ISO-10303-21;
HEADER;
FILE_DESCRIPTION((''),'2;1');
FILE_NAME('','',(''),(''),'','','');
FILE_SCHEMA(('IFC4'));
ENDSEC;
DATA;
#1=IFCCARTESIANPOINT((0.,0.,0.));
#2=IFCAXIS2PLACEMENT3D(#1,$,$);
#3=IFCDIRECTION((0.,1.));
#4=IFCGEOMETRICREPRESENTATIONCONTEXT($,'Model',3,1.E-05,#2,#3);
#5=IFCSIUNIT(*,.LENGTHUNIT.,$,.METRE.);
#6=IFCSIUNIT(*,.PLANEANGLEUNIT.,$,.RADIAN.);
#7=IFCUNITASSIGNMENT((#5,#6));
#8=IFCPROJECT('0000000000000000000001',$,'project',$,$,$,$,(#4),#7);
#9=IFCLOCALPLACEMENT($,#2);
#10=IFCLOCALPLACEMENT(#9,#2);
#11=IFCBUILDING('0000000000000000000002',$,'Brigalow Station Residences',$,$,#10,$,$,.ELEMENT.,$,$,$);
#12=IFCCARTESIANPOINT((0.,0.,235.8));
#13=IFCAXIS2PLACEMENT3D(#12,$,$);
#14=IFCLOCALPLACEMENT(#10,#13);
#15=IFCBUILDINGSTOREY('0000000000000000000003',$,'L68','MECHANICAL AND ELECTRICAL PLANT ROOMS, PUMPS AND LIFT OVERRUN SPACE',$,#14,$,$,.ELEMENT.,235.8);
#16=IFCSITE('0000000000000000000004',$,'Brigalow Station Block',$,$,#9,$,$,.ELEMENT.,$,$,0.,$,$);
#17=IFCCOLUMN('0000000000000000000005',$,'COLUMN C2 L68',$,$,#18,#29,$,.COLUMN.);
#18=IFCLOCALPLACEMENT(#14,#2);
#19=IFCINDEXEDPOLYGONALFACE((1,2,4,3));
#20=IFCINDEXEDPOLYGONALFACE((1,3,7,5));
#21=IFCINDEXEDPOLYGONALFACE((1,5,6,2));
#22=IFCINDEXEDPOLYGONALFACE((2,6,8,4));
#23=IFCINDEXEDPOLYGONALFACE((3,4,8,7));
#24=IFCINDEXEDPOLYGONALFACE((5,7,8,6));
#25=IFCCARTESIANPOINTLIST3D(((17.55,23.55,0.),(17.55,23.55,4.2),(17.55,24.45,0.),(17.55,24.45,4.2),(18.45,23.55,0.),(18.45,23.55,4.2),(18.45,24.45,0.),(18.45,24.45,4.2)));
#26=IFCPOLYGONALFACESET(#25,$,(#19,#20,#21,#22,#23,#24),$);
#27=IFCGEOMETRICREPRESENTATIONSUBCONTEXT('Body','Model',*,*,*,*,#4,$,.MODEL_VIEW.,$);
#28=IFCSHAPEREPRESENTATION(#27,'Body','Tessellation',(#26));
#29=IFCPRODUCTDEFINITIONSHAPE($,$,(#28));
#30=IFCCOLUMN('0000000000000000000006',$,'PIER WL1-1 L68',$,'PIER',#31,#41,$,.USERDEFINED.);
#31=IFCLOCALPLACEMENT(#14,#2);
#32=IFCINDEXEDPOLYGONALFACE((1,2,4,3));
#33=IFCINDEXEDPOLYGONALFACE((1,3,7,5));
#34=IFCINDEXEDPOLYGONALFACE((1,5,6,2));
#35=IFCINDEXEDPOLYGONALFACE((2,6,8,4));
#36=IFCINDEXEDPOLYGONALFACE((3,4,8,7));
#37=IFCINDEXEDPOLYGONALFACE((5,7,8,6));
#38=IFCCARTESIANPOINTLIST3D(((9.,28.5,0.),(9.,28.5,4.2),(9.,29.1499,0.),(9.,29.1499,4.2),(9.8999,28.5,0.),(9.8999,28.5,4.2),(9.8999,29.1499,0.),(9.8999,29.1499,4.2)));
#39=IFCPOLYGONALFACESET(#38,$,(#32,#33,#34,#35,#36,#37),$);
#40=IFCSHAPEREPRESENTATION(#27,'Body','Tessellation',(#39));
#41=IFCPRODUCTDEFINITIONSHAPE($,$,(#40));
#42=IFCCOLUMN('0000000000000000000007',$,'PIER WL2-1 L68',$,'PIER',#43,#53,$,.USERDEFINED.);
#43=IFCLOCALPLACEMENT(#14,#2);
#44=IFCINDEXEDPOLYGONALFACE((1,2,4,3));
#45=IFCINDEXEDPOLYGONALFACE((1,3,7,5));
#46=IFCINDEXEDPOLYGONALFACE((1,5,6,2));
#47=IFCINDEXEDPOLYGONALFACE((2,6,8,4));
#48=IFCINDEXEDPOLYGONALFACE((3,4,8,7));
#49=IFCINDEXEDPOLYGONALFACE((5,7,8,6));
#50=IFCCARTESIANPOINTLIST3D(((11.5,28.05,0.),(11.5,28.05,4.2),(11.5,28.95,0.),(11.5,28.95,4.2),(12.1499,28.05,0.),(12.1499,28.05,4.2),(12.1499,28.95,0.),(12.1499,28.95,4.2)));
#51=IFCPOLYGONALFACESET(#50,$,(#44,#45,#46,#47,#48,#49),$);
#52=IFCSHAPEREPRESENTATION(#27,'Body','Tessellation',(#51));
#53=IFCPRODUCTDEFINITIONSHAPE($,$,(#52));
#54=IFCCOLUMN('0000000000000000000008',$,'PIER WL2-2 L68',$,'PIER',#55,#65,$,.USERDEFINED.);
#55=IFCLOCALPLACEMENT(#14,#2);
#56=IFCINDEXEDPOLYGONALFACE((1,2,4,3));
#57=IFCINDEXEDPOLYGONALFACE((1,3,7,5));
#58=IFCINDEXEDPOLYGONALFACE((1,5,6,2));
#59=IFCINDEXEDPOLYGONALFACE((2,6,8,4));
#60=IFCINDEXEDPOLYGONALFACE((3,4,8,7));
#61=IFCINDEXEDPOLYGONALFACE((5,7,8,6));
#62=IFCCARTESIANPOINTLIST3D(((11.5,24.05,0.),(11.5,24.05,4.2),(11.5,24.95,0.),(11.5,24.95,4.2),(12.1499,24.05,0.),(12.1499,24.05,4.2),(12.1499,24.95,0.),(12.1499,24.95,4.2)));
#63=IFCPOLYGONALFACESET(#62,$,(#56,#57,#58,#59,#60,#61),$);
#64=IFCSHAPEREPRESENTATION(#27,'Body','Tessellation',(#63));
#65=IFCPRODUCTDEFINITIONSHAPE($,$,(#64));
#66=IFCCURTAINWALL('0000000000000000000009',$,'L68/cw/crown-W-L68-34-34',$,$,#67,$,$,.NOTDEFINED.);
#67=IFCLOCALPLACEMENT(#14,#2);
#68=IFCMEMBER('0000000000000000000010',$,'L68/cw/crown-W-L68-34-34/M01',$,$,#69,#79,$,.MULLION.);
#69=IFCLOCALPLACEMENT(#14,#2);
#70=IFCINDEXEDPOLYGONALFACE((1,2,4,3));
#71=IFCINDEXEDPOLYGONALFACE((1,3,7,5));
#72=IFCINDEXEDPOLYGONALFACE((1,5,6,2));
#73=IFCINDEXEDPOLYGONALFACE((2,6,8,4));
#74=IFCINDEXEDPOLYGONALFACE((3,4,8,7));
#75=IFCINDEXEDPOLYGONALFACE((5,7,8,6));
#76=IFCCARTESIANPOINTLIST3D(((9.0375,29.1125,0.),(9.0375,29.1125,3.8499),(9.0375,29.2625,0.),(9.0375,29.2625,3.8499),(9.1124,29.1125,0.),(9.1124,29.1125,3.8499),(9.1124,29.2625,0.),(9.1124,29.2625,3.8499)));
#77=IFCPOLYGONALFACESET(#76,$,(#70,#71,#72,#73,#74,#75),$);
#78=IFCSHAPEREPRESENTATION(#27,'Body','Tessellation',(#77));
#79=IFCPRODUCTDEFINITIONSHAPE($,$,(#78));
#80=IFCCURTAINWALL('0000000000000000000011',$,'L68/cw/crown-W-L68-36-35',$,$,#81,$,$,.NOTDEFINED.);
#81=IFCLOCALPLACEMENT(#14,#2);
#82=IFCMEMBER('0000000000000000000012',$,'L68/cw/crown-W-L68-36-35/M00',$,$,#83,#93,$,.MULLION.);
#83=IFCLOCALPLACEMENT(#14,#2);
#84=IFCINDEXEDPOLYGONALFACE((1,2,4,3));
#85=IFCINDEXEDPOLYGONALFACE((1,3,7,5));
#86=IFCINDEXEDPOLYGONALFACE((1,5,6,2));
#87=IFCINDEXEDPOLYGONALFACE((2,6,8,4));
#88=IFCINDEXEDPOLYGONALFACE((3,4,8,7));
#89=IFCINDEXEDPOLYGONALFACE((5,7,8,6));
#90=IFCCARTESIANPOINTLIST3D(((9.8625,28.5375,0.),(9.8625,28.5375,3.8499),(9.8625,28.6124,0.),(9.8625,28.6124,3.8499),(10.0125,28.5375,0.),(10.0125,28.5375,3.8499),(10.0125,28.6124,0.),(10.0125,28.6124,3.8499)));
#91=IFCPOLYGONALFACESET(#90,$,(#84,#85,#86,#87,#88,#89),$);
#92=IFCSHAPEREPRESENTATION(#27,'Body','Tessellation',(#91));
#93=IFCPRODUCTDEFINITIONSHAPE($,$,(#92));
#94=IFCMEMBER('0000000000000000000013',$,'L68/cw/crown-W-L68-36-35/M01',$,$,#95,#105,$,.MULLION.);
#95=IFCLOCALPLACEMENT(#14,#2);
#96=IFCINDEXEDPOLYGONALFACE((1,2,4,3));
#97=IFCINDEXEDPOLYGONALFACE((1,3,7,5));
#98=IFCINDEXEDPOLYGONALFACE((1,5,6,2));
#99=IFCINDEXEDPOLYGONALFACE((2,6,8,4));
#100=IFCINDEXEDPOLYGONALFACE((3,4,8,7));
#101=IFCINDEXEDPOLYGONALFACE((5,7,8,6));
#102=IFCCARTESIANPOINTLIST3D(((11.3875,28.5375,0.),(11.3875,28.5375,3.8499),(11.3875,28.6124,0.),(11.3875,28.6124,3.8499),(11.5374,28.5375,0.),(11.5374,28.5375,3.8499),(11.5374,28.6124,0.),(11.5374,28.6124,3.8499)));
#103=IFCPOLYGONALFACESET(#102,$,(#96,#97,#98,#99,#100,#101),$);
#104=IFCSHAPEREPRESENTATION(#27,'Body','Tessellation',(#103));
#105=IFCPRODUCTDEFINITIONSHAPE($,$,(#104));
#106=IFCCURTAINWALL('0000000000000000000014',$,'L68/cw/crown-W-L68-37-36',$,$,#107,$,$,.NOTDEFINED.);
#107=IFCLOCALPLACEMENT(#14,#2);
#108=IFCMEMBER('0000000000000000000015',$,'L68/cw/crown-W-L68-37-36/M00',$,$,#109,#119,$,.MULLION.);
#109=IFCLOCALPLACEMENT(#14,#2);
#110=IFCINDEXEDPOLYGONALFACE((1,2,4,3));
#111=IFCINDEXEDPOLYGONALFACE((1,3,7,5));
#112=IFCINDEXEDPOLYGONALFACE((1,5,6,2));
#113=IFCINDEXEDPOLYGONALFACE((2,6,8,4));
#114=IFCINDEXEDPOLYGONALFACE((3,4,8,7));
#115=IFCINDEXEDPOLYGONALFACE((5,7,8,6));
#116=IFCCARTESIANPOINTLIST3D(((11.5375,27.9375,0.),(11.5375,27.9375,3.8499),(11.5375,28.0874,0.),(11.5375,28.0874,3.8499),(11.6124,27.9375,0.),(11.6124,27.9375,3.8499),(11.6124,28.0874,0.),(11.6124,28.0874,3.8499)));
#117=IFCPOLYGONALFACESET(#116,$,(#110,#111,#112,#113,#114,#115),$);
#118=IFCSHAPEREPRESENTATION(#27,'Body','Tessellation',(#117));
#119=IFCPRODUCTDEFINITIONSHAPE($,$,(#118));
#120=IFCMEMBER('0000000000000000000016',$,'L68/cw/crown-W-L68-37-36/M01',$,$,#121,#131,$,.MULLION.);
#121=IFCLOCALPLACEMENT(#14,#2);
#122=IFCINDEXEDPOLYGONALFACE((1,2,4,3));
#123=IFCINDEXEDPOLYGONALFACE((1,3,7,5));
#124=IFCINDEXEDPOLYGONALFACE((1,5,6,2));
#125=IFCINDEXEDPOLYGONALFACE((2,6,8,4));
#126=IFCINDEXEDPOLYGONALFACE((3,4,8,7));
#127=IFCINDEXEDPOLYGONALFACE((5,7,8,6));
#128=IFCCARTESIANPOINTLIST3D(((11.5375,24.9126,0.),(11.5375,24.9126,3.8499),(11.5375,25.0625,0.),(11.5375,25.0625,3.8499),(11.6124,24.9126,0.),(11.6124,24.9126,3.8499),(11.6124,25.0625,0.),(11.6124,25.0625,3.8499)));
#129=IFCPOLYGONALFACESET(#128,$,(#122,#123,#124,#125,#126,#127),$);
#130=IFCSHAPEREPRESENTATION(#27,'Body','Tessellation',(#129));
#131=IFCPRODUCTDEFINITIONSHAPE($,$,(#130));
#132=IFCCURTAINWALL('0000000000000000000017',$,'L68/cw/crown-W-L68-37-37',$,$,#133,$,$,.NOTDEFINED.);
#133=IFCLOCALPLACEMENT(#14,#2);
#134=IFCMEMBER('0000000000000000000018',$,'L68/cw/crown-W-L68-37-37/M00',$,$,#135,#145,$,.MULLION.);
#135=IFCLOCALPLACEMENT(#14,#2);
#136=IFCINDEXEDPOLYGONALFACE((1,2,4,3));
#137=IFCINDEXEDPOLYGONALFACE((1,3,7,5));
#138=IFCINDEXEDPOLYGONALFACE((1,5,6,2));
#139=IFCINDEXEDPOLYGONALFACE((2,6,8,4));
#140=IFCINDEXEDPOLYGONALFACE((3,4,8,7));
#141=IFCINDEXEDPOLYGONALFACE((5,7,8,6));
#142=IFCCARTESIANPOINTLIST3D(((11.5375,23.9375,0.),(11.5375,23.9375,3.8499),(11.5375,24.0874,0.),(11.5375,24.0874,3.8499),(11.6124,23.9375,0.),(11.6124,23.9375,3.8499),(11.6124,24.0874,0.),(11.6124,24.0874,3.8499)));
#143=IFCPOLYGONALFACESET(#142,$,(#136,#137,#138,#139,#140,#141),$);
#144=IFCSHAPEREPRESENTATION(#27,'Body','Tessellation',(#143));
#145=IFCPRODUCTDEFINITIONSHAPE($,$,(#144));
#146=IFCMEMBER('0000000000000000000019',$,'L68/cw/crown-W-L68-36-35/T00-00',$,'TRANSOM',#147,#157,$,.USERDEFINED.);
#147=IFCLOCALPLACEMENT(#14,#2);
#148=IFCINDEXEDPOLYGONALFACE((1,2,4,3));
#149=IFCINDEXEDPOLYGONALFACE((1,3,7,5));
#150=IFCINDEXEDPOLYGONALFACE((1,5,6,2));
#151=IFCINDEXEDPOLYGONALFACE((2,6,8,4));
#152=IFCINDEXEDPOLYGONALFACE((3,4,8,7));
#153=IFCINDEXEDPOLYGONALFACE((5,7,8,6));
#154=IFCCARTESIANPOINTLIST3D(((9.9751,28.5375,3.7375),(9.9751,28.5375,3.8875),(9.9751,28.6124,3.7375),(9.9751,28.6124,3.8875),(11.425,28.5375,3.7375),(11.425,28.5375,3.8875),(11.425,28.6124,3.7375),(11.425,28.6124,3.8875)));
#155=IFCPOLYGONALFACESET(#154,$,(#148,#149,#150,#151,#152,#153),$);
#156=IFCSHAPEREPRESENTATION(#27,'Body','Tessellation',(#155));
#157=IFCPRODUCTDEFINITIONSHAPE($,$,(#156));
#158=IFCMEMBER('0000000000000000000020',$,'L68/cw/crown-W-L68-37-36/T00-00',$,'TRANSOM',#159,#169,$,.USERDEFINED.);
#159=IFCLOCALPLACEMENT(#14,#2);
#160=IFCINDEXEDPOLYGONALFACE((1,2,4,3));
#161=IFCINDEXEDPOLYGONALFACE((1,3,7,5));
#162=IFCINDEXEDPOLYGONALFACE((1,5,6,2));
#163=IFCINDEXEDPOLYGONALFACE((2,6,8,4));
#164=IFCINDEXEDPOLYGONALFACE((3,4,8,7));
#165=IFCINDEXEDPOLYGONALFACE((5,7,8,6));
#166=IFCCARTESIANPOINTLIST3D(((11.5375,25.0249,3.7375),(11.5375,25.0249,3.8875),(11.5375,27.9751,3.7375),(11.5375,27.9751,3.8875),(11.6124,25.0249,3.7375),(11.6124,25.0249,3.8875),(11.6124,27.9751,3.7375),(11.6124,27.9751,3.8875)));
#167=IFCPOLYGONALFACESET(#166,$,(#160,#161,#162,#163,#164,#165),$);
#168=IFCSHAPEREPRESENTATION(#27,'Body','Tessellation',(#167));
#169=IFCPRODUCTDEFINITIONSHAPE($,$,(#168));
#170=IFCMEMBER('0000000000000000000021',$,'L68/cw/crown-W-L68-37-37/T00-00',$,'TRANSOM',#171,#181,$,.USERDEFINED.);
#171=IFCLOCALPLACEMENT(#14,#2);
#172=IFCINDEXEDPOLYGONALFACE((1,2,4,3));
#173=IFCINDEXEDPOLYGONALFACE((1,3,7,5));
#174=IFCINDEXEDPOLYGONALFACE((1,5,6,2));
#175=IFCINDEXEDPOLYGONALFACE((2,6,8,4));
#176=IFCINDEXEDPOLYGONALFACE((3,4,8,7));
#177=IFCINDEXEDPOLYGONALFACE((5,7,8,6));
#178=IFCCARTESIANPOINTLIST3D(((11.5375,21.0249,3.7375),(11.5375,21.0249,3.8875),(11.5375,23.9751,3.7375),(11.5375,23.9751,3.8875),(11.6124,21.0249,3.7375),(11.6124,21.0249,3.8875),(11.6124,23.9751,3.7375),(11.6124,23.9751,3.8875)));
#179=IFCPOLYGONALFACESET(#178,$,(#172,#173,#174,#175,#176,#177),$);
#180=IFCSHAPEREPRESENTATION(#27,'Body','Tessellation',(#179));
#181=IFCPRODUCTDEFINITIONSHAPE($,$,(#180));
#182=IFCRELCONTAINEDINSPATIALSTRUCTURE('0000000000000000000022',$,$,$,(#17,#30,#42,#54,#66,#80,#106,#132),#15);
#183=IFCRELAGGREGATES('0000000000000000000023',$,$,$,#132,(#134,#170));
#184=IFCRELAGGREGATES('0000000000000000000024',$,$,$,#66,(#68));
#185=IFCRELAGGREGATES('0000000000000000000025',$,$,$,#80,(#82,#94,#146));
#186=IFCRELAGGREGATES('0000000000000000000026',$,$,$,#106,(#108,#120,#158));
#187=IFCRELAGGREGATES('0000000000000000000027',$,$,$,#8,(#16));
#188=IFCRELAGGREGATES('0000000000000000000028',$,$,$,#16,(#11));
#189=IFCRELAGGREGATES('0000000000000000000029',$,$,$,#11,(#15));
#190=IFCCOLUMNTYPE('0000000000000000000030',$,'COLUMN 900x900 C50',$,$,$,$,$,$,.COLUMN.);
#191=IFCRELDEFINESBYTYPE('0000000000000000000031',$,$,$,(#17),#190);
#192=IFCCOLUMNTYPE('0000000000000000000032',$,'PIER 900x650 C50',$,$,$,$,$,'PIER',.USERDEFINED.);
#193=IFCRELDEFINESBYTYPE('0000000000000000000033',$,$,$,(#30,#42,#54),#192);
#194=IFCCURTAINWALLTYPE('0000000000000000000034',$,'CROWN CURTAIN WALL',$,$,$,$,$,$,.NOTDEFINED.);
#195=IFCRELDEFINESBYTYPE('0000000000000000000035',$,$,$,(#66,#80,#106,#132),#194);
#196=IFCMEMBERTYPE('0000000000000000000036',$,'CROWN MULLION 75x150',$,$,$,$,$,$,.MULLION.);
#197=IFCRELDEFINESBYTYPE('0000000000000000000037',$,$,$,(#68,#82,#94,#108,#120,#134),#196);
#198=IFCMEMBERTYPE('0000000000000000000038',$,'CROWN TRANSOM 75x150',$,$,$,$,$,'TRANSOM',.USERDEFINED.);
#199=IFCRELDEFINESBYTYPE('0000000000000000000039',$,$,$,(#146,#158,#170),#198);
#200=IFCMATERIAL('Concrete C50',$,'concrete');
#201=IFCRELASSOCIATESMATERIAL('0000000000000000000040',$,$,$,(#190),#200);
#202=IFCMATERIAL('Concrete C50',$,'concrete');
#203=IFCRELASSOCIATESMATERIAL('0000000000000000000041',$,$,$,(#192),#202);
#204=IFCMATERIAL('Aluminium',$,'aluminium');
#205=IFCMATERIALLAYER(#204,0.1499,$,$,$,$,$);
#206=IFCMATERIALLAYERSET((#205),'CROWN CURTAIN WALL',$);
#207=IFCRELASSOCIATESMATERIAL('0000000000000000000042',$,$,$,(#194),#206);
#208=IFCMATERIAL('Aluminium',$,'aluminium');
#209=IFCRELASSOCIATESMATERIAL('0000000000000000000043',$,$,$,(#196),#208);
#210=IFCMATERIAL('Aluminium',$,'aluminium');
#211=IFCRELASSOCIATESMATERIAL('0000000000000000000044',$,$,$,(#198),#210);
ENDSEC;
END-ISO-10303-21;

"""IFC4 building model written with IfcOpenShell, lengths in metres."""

from ifc_helpers import new_model, si_unit, direction, frame, origin, origin_2d, place, context, subcontext, project, spatial, rectangle, extrude, material, layer, layer_set, material_profile, profile_set, type_object, element, aggregate, save


model = new_model("IFC4")

# Units and contexts
model_context = context("Model", 3, precision=1e-05, world=origin(), true_north=direction((0.0, 1.0)))
body_context = subcontext(model_context, "Body", "Model", "MODEL_VIEW")
ifc_project = project(units=[si_unit("LENGTHUNIT", "METRE"), si_unit("PLANEANGLEUNIT", "RADIAN")], contexts=[model_context])

# Site, building, storey
site_placement = place(None, origin())
site = spatial("IfcSite", under=ifc_project, at=site_placement, Name="Brigalow Station Block", CompositionType="ELEMENT", RefElevation=0.0)
building_placement = place(site_placement, origin())
building = spatial("IfcBuilding", under=site, at=building_placement, Name="Brigalow Station Residences", CompositionType="ELEMENT")
storey_placement = place(building_placement, frame((0.0, 0.0, 235.8)))
storey = spatial("IfcBuildingStorey", under=building, at=storey_placement, Name="L68", Description="MECHANICAL AND ELECTRICAL PLANT ROOMS, PUMPS AND LIFT OVERRUN SPACE", CompositionType="ELEMENT", Elevation=235.8)

# Columns
ifc_material_1 = material(Name="Concrete C50", Category="concrete")
ifc_material_profile_1 = material_profile(ifc_material_1, rectangle(XDim=0.8999, YDim=0.8999, at=origin_2d()), Name="RC900x900")
ifc_profile_set_1 = profile_set([ifc_material_profile_1], Name="Concrete C50")
column_type_1 = type_object("IfcColumnType", Name="COLUMN 900x900 C50", PredefinedType="COLUMN", material=ifc_profile_set_1)
column_placement = place(storey_placement, frame((18.0, 24.0, 0.0), z_axis=(0.0, 0.0, 1.0), x_axis=(1.0, 0.0, 0.0)))
element("IfcColumn", 1, at=column_placement, inside=storey, type_object=column_type_1, Name="COLUMN C2 L68", PredefinedType="COLUMN", context=body_context, shape_type="SweptSolid", body=[
    extrude(rectangle(XDim=0.8999, YDim=0.8999, at=origin_2d()), origin(), (0.0, 0.0, 1.0), 4.2),
])
ifc_material_2 = material(Name="Concrete C50", Category="concrete")
ifc_material_profile_2 = material_profile(ifc_material_2, rectangle(XDim=0.8999, YDim=0.6499, at=origin_2d()), Name="RC900x650")
ifc_profile_set_2 = profile_set([ifc_material_profile_2], Name="Concrete C50")
column_type_2 = type_object("IfcColumnType", Name="PIER 900x650 C50", ElementType="PIER", PredefinedType="USERDEFINED", material=ifc_profile_set_2)
for number, where, z_axis, x_axis, name in (
    (2, (9.45, 28.825, 0.0), (0.0, 0.0, 1.0), (1.0, 0.0, 0.0), "PIER WL1-1 L68"),
    (3, (11.825, 28.5, 0.0), (0.0, 0.0, 1.0), (0.0, -1.0, 0.0), "PIER WL2-1 L68"),
    (4, (11.825, 24.5, 0.0), (0.0, 0.0, 1.0), (0.0, -1.0, 0.0), "PIER WL2-2 L68"),
):
    element("IfcColumn", number, at=place(storey_placement, frame(where, z_axis=z_axis, x_axis=x_axis)), inside=storey, type_object=column_type_2, Name=name, ObjectType="PIER", PredefinedType="USERDEFINED", context=body_context, shape_type="SweptSolid", body=[
        extrude(rectangle(XDim=0.8999, YDim=0.6499, at=origin_2d()), origin(), (0.0, 0.0, 1.0), 4.2),
    ])

# Curtain wall, member
ifc_material_3 = material(Name="Aluminium", Category="aluminium")
ifc_layer_1 = layer(ifc_material_3, 0.1499)
ifc_layer_set_1 = layer_set([ifc_layer_1], Name="CROWN CURTAIN WALL")
curtain_wall_type = type_object("IfcCurtainWallType", Name="CROWN CURTAIN WALL", PredefinedType="NOTDEFINED", material=ifc_layer_set_1)
curtain_wall_1_placement = place(storey_placement, origin())
curtain_wall_1 = element("IfcCurtainWall", 5, at=curtain_wall_1_placement, inside=storey, type_object=curtain_wall_type, Name="L68/cw/crown-W-L68-34-34", PredefinedType="NOTDEFINED")
ifc_material_4 = material(Name="Aluminium", Category="aluminium")
ifc_material_profile_3 = material_profile(ifc_material_4, rectangle(XDim=0.075, YDim=0.1499, at=origin_2d()), Name="CROWN MULLION 75x150")
ifc_profile_set_3 = profile_set([ifc_material_profile_3], Name="Aluminium")
member_type_1 = type_object("IfcMemberType", Name="CROWN MULLION 75x150", PredefinedType="MULLION", material=ifc_profile_set_3)
member_1_placement = place(storey_placement, frame((9.075, 29.1875, 0.0), z_axis=(0.0, 0.0, 1.0), x_axis=(1.0, 0.0, 0.0)))
member_1 = element("IfcMember", 6, at=member_1_placement, type_object=member_type_1, Name="L68/cw/crown-W-L68-34-34/M01", PredefinedType="MULLION", context=body_context, shape_type="SweptSolid", body=[
    extrude(rectangle(XDim=0.075, YDim=0.1499, at=origin_2d()), origin(), (0.0, 0.0, 1.0), 3.8499),
])

# Curtain walls, members
curtain_wall_2_placement = place(storey_placement, origin())
curtain_wall_2 = element("IfcCurtainWall", 7, at=curtain_wall_2_placement, inside=storey, type_object=curtain_wall_type, Name="L68/cw/crown-W-L68-36-35", PredefinedType="NOTDEFINED")
member_2_placement = place(storey_placement, frame((9.9375, 28.575, 0.0), z_axis=(0.0, 0.0, 1.0), x_axis=(0.0, 1.0, 0.0)))
member_2 = element("IfcMember", 8, at=member_2_placement, type_object=member_type_1, Name="L68/cw/crown-W-L68-36-35/M00", PredefinedType="MULLION", context=body_context, shape_type="SweptSolid", body=[
    extrude(rectangle(XDim=0.075, YDim=0.1499, at=origin_2d()), origin(), (0.0, 0.0, 1.0), 3.8499),
])
member_3_placement = place(storey_placement, frame((11.4624, 28.575, 0.0), z_axis=(0.0, 0.0, 1.0), x_axis=(0.0, 1.0, 0.0)))
member_3 = element("IfcMember", 9, at=member_3_placement, type_object=member_type_1, Name="L68/cw/crown-W-L68-36-35/M01", PredefinedType="MULLION", context=body_context, shape_type="SweptSolid", body=[
    extrude(rectangle(XDim=0.075, YDim=0.1499, at=origin_2d()), origin(), (0.0, 0.0, 1.0), 3.8499),
])
curtain_wall_3_placement = place(storey_placement, origin())
curtain_wall_3 = element("IfcCurtainWall", 10, at=curtain_wall_3_placement, inside=storey, type_object=curtain_wall_type, Name="L68/cw/crown-W-L68-37-36", PredefinedType="NOTDEFINED")
member_4_placement = place(storey_placement, frame((11.575, 28.0125, 0.0), z_axis=(0.0, 0.0, 1.0), x_axis=(1.0, 0.0, 0.0)))
member_4 = element("IfcMember", 11, at=member_4_placement, type_object=member_type_1, Name="L68/cw/crown-W-L68-37-36/M00", PredefinedType="MULLION", context=body_context, shape_type="SweptSolid", body=[
    extrude(rectangle(XDim=0.075, YDim=0.1499, at=origin_2d()), origin(), (0.0, 0.0, 1.0), 3.8499),
])
member_5_placement = place(storey_placement, frame((11.575, 24.9875, 0.0), z_axis=(0.0, 0.0, 1.0), x_axis=(1.0, 0.0, 0.0)))
member_5 = element("IfcMember", 12, at=member_5_placement, type_object=member_type_1, Name="L68/cw/crown-W-L68-37-36/M01", PredefinedType="MULLION", context=body_context, shape_type="SweptSolid", body=[
    extrude(rectangle(XDim=0.075, YDim=0.1499, at=origin_2d()), origin(), (0.0, 0.0, 1.0), 3.8499),
])

# Curtain wall, member
curtain_wall_4_placement = place(storey_placement, origin())
curtain_wall_4 = element("IfcCurtainWall", 13, at=curtain_wall_4_placement, inside=storey, type_object=curtain_wall_type, Name="L68/cw/crown-W-L68-37-37", PredefinedType="NOTDEFINED")
member_6_placement = place(storey_placement, frame((11.575, 24.0125, 0.0), z_axis=(0.0, 0.0, 1.0), x_axis=(1.0, 0.0, 0.0)))
member_6 = element("IfcMember", 14, at=member_6_placement, type_object=member_type_1, Name="L68/cw/crown-W-L68-37-37/M00", PredefinedType="MULLION", context=body_context, shape_type="SweptSolid", body=[
    extrude(rectangle(XDim=0.075, YDim=0.1499, at=origin_2d()), origin(), (0.0, 0.0, 1.0), 3.8499),
])

# Members
ifc_material_5 = material(Name="Aluminium", Category="aluminium")
ifc_material_profile_4 = material_profile(ifc_material_5, rectangle(XDim=0.075, YDim=0.1499, at=origin_2d()), Name="CROWN TRANSOM 75x150")
ifc_profile_set_4 = profile_set([ifc_material_profile_4], Name="Aluminium")
member_type_2 = type_object("IfcMemberType", Name="CROWN TRANSOM 75x150", ElementType="TRANSOM", PredefinedType="USERDEFINED", material=ifc_profile_set_4)
member_7_placement = place(storey_placement, frame((9.9751, 28.575, 3.8125), z_axis=(1.0, 0.0, 0.0), x_axis=(0.0, 1.0, 0.0)))
member_7 = element("IfcMember", 15, at=member_7_placement, type_object=member_type_2, Name="L68/cw/crown-W-L68-36-35/T00-00", ObjectType="TRANSOM", PredefinedType="USERDEFINED", context=body_context, shape_type="SweptSolid", body=[
    extrude(rectangle(XDim=0.075, YDim=0.1499, at=origin_2d()), origin(), (0.0, 0.0, 1.0), 1.45),
])
member_8_placement = place(storey_placement, frame((11.575, 27.9751, 3.8125), z_axis=(0.0, -1.0, 0.0), x_axis=(1.0, 0.0, 0.0)))
member_8 = element("IfcMember", 16, at=member_8_placement, type_object=member_type_2, Name="L68/cw/crown-W-L68-37-36/T00-00", ObjectType="TRANSOM", PredefinedType="USERDEFINED", context=body_context, shape_type="SweptSolid", body=[
    extrude(rectangle(XDim=0.075, YDim=0.1499, at=origin_2d()), origin(), (0.0, 0.0, 1.0), 2.9502),
])
member_9_placement = place(storey_placement, frame((11.575, 23.9751, 3.8125), z_axis=(0.0, -1.0, 0.0), x_axis=(1.0, 0.0, 0.0)))
member_9 = element("IfcMember", 17, at=member_9_placement, type_object=member_type_2, Name="L68/cw/crown-W-L68-37-37/T00-00", ObjectType="TRANSOM", PredefinedType="USERDEFINED", context=body_context, shape_type="SweptSolid", body=[
    extrude(rectangle(XDim=0.075, YDim=0.1499, at=origin_2d()), origin(), (0.0, 0.0, 1.0), 2.9502),
])
aggregate(curtain_wall_4, [member_6, member_9])

aggregate(curtain_wall_1, [member_1])
aggregate(curtain_wall_2, [member_2, member_3, member_7])
aggregate(curtain_wall_3, [member_4, member_5, member_8])

save(model, "model.ifc")
